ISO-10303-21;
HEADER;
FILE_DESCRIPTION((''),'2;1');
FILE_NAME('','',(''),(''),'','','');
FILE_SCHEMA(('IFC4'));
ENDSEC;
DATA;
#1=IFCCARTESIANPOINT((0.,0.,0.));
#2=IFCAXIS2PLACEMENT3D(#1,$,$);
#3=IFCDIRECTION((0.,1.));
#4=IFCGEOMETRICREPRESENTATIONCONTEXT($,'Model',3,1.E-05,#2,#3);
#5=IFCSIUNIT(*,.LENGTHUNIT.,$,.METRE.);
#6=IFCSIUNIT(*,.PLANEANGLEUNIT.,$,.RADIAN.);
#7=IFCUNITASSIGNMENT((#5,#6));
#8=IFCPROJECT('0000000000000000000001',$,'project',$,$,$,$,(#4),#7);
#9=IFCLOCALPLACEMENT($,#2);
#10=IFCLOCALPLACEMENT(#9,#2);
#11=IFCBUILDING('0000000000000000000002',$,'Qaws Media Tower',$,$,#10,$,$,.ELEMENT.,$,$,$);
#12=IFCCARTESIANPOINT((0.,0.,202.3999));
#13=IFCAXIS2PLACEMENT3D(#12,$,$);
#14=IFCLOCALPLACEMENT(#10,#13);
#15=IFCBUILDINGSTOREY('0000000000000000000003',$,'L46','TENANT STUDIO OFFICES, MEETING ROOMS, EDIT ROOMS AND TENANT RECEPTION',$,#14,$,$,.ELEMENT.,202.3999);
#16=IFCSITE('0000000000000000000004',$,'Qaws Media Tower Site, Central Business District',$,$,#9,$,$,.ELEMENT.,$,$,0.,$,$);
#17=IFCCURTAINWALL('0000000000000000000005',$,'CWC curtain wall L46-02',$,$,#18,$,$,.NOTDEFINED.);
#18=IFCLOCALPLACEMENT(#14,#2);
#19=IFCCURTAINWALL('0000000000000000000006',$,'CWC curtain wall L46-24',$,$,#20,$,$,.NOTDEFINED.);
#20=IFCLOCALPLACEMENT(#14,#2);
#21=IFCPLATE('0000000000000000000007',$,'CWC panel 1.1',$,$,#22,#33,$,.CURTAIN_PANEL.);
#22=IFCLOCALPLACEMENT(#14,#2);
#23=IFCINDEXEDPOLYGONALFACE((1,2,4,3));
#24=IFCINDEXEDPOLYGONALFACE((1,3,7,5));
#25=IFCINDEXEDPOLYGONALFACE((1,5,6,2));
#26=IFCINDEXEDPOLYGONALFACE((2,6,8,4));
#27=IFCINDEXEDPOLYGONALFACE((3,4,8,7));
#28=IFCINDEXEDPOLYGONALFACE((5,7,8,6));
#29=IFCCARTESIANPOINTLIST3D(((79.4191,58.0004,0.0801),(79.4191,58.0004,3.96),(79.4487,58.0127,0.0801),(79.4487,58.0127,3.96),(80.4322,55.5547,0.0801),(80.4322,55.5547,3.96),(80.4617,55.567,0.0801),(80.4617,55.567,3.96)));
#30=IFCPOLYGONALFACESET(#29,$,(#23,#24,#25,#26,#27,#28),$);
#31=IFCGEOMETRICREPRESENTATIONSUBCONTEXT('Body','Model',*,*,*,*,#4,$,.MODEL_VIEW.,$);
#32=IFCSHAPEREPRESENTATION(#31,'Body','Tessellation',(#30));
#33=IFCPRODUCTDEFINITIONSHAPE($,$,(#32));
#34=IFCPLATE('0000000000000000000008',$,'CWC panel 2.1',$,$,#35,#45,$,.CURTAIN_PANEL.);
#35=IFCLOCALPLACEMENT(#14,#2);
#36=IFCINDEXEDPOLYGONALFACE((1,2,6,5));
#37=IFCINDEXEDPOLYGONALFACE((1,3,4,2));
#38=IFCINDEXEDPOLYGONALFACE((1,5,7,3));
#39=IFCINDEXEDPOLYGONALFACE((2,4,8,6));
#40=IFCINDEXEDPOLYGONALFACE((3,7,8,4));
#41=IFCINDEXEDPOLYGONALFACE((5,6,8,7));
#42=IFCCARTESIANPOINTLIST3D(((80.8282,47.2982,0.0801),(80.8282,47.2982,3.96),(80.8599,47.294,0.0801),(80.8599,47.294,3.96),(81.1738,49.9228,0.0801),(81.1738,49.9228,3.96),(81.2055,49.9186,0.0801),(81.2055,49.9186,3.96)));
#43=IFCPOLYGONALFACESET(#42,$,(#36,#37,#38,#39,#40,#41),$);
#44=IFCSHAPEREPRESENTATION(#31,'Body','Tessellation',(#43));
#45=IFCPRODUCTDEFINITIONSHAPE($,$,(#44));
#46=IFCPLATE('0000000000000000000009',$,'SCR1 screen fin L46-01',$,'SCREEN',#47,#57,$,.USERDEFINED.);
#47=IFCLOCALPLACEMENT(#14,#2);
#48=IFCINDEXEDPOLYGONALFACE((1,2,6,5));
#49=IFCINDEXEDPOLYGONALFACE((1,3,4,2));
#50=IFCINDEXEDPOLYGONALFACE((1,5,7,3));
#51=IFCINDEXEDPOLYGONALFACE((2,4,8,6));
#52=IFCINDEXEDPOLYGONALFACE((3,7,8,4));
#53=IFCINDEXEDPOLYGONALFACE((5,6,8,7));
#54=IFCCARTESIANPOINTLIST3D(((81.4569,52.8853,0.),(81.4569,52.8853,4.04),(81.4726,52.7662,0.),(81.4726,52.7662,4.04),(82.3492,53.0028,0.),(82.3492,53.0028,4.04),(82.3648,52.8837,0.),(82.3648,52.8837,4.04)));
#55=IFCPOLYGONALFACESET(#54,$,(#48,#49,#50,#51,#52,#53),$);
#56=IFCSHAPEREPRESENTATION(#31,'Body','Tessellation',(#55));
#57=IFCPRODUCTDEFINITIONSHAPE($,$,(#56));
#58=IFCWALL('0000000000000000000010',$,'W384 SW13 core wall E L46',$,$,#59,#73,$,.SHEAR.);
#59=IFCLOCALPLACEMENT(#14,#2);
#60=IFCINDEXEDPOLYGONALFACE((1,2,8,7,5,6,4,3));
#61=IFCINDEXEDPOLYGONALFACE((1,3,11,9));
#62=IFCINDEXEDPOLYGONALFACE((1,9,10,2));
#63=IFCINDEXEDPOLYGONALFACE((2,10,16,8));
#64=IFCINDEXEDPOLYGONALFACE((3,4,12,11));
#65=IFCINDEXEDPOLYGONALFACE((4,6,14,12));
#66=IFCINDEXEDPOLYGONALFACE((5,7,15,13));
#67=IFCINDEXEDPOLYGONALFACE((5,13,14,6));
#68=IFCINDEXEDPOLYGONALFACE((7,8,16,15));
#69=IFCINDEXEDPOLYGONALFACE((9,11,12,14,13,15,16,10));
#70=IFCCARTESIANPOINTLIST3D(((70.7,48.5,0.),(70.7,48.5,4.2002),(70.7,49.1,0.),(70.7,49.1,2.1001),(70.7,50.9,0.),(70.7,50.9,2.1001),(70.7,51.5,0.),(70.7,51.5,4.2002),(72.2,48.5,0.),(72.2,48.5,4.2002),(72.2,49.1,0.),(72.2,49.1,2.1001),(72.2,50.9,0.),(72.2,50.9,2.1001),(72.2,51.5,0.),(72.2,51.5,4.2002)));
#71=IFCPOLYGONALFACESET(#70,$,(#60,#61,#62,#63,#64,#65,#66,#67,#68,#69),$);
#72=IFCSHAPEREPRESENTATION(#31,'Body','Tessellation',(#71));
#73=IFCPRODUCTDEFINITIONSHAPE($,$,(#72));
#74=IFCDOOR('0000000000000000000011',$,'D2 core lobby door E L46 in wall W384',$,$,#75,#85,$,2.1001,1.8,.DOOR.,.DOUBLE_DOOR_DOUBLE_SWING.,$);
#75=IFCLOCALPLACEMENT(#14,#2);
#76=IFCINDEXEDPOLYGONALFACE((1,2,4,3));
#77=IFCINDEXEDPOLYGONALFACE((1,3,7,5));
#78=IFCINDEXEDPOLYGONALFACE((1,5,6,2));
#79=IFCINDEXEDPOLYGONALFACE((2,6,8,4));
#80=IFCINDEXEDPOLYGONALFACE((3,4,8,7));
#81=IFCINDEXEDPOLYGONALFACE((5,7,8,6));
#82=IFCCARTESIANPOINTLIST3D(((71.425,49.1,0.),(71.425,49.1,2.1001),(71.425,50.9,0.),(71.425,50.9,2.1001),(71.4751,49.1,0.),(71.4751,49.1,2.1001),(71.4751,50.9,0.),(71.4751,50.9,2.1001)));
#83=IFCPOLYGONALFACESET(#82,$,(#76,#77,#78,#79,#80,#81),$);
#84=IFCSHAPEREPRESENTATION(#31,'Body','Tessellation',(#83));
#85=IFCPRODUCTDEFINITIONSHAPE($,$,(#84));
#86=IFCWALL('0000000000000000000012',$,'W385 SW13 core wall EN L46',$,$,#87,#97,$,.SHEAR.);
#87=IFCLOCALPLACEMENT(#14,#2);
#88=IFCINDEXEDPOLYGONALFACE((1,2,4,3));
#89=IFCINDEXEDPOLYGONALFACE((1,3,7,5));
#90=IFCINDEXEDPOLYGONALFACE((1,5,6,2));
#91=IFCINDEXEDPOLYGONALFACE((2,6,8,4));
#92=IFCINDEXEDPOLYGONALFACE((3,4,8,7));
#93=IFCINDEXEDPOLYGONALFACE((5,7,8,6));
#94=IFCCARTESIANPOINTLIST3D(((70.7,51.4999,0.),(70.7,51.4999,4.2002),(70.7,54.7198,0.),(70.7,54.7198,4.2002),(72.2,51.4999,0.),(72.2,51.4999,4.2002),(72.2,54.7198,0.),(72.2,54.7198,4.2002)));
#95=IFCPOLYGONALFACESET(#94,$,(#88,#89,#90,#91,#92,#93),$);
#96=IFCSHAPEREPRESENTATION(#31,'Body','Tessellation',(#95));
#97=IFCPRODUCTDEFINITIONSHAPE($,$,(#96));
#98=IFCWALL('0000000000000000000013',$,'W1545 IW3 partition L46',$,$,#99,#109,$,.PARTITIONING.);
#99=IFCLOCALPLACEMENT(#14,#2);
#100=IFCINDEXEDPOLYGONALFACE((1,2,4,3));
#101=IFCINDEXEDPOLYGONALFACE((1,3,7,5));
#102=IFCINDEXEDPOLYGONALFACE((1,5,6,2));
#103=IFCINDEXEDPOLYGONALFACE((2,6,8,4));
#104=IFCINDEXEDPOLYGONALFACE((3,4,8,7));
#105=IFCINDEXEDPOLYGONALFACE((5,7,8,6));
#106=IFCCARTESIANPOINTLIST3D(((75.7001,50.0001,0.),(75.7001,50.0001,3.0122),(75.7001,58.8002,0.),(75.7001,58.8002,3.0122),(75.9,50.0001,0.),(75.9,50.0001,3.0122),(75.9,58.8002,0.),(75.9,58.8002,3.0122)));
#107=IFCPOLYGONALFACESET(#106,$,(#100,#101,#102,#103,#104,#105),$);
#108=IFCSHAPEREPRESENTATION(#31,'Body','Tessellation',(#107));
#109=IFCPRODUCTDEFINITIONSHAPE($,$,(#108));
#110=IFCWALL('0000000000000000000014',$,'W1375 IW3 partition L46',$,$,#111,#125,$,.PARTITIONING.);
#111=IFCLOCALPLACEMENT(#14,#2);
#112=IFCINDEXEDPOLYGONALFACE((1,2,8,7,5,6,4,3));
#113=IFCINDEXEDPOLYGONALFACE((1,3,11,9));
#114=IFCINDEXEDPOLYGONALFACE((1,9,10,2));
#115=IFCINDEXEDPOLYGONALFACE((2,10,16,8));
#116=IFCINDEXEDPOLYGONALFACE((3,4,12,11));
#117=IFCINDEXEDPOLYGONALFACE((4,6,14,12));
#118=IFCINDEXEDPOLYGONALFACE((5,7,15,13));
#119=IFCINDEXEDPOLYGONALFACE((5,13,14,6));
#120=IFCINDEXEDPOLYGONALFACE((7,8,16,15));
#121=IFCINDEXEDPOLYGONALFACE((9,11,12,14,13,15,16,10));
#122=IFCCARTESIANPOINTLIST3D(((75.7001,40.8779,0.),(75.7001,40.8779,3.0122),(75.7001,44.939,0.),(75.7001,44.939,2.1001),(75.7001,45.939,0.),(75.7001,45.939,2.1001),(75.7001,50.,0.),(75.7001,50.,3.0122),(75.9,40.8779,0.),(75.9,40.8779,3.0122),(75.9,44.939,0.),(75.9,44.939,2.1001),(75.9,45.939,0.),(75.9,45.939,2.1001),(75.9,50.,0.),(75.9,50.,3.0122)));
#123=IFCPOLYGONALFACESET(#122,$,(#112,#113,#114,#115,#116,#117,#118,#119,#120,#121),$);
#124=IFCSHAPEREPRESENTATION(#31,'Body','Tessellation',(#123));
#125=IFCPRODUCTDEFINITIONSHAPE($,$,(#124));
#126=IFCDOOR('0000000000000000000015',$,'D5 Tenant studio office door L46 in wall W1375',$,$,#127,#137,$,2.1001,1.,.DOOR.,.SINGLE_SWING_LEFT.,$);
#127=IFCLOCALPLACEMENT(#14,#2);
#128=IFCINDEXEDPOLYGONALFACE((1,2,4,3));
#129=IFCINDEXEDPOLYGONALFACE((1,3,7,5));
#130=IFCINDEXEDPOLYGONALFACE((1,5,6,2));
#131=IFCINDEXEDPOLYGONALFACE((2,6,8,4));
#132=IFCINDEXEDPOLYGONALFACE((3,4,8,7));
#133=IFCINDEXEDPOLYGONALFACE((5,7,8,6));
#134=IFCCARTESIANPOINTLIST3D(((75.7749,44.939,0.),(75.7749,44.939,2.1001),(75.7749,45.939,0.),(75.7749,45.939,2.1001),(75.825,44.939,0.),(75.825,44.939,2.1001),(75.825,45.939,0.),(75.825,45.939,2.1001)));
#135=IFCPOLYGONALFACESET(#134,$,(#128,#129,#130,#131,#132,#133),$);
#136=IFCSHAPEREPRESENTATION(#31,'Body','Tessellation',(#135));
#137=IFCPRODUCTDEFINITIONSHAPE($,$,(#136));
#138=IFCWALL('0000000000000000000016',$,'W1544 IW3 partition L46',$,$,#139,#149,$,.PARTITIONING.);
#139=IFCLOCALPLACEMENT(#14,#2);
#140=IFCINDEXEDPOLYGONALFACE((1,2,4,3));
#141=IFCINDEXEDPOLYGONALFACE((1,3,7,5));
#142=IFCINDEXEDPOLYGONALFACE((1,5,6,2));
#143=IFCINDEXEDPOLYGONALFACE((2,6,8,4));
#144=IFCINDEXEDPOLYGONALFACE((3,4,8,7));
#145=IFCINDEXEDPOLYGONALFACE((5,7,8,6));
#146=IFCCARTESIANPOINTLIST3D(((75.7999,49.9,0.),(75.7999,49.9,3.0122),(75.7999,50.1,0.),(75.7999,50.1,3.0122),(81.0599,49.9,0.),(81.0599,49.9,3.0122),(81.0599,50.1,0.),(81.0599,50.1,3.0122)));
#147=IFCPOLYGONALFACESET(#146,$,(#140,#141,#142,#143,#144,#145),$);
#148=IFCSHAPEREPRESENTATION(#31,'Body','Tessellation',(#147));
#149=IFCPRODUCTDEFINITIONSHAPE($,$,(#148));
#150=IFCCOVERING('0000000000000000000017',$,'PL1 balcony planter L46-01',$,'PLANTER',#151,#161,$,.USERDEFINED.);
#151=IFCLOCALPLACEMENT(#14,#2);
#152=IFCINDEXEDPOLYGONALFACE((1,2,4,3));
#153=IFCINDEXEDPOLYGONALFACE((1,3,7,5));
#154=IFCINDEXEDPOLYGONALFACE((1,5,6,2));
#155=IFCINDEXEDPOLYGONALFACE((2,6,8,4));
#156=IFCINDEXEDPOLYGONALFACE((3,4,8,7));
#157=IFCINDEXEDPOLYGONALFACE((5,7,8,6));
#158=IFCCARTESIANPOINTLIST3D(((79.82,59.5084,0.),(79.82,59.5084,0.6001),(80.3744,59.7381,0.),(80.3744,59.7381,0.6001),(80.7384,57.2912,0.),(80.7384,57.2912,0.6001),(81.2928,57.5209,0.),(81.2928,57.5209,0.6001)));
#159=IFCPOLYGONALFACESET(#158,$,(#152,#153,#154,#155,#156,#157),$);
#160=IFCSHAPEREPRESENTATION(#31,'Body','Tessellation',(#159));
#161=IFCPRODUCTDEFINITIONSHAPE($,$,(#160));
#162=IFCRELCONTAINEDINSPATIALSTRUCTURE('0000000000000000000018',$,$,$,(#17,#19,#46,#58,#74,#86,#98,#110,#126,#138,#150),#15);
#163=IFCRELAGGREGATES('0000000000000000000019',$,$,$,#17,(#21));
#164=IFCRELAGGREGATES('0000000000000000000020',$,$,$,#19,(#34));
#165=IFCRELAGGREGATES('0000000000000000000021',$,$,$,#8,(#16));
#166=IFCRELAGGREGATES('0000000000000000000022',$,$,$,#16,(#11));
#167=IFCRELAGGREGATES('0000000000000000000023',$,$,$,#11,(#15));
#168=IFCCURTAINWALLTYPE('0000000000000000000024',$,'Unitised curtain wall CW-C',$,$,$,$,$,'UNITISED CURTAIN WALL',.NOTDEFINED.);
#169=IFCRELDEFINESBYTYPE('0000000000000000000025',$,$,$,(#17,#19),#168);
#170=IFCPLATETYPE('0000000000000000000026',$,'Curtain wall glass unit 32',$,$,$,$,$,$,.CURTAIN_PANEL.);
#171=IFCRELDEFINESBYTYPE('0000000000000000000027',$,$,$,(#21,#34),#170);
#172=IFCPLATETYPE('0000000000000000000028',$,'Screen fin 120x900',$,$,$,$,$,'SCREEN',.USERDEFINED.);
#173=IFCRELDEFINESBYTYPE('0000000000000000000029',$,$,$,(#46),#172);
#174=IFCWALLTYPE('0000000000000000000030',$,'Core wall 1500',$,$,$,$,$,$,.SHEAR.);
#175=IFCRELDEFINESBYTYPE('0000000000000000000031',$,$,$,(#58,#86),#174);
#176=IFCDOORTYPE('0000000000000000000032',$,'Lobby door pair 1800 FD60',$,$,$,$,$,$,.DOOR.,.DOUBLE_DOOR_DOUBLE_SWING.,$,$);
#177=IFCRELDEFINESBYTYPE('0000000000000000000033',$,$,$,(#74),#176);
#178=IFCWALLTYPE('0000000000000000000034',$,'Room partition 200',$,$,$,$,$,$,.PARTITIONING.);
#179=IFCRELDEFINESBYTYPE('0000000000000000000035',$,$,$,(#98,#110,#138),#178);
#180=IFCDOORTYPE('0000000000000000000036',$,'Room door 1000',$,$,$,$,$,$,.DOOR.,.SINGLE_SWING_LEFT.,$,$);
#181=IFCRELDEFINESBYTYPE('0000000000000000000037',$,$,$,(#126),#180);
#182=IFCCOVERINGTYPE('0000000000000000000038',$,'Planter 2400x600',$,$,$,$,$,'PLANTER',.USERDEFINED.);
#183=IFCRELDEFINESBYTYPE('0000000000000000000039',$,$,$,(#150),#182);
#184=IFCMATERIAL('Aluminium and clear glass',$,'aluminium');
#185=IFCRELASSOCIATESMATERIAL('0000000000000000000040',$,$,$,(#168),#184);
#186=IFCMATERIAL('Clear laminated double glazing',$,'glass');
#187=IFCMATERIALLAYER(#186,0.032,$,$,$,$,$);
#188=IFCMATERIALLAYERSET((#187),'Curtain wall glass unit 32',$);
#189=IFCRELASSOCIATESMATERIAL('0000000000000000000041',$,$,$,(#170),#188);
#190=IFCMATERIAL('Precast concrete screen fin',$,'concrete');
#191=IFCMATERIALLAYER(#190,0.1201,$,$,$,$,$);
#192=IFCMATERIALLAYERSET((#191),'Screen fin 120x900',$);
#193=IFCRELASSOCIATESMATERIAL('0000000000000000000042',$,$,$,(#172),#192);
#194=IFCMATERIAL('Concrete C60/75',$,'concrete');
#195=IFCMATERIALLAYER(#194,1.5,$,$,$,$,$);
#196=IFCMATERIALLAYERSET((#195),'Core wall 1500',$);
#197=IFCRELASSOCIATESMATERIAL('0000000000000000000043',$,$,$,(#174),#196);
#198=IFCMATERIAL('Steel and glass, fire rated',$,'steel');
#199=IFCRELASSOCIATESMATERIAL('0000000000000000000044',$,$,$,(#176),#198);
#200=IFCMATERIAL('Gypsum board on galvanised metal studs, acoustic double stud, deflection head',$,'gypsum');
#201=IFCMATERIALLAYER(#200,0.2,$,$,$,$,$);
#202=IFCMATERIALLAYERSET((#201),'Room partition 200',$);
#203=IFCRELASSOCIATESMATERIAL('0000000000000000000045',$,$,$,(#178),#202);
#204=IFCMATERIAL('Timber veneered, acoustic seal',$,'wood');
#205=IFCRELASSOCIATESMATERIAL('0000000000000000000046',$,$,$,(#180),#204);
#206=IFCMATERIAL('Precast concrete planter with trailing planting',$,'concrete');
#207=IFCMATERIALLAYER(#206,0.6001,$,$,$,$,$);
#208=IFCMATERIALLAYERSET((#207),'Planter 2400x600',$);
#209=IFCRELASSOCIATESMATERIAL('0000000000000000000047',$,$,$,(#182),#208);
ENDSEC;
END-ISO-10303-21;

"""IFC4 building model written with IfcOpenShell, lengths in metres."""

from ifc_helpers import new_model, si_unit, direction, frame, frame_2d, origin, origin_2d, place, context, subcontext, project, spatial, rectangle, extrude, material, layer, layer_set, type_object, element, fill, aggregate, save


model = new_model("IFC4")

# Units and contexts
model_context = context("Model", 3, precision=1e-05, world=origin(), true_north=direction((0.0, 1.0)))
body_context = subcontext(model_context, "Body", "Model", "MODEL_VIEW")
ifc_project = project(units=[si_unit("LENGTHUNIT", "METRE"), si_unit("PLANEANGLEUNIT", "RADIAN")], contexts=[model_context])

# Site, building, storey
site_placement = place(None, origin())
site = spatial("IfcSite", under=ifc_project, at=site_placement, Name="Qaws Media Tower Site, Central Business District", CompositionType="ELEMENT", RefElevation=0.0)
building_placement = place(site_placement, origin())
building = spatial("IfcBuilding", under=site, at=building_placement, Name="Qaws Media Tower", CompositionType="ELEMENT")
storey_placement = place(building_placement, frame((0.0, 0.0, 202.3999)))
storey = spatial("IfcBuildingStorey", under=building, at=storey_placement, Name="L46", Description="TENANT STUDIO OFFICES, MEETING ROOMS, EDIT ROOMS AND TENANT RECEPTION", CompositionType="ELEMENT", Elevation=202.3999)

# Curtain wall
ifc_material_1 = material(Name="Aluminium and clear glass", Category="aluminium")
curtain_wall_type = type_object("IfcCurtainWallType", Name="Unitised curtain wall CW-C", ElementType="UNITISED CURTAIN WALL", PredefinedType="NOTDEFINED", material=ifc_material_1)
curtain_wall_1_placement = place(storey_placement, origin())
curtain_wall_1 = element("IfcCurtainWall", 1, at=curtain_wall_1_placement, inside=storey, type_object=curtain_wall_type, Name="CWC curtain wall L46-02", PredefinedType="NOTDEFINED")

# Curtain wall
curtain_wall_2_placement = place(storey_placement, origin())
curtain_wall_2 = element("IfcCurtainWall", 2, at=curtain_wall_2_placement, inside=storey, type_object=curtain_wall_type, Name="CWC curtain wall L46-24", PredefinedType="NOTDEFINED")

# Plates
ifc_material_2 = material(Name="Clear laminated double glazing", Category="glass")
ifc_layer_1 = layer(ifc_material_2, 0.032)
ifc_layer_set_1 = layer_set([ifc_layer_1], Name="Curtain wall glass unit 32")
plate_type_1 = type_object("IfcPlateType", Name="Curtain wall glass unit 32", PredefinedType="CURTAIN_PANEL", material=ifc_layer_set_1)
plate_1_placement = place(storey_placement, frame((79.9404, 56.7837, 0.0801), z_axis=(0.0, 0.0, 1.0), x_axis=(-0.382683, 0.92388, 0.0)))
plate_1 = element("IfcPlate", 3, at=plate_1_placement, type_object=plate_type_1, Name="CWC panel 1.1", PredefinedType="CURTAIN_PANEL", context=body_context, shape_type="SweptSolid", body=[
    extrude(rectangle(XDim=2.6472, YDim=0.032, at=origin_2d()), origin(), (0.0, 0.0, 1.0), 3.8799),
])
aggregate(curtain_wall_1, [plate_1])
plate_2_placement = place(storey_placement, frame((81.0168, 48.6084, 0.0801), z_axis=(0.0, 0.0, 1.0), x_axis=(0.130526, 0.991445, 0.0)))
plate_2 = element("IfcPlate", 4, at=plate_2_placement, type_object=plate_type_1, Name="CWC panel 2.1", PredefinedType="CURTAIN_PANEL", context=body_context, shape_type="SweptSolid", body=[
    extrude(rectangle(XDim=2.6472, YDim=0.032, at=origin_2d()), origin(), (0.0, 0.0, 1.0), 3.8799),
])
aggregate(curtain_wall_2, [plate_2])
ifc_material_3 = material(Name="Precast concrete screen fin", Category="concrete")
ifc_layer_2 = layer(ifc_material_3, 0.1201)
ifc_layer_set_2 = layer_set([ifc_layer_2], Name="Screen fin 120x900")
plate_type_2 = type_object("IfcPlateType", Name="Screen fin 120x900", ElementType="SCREEN", PredefinedType="USERDEFINED", material=ifc_layer_set_2)
plate_3_placement = place(storey_placement, frame((81.9109, 52.8845, 0.0), z_axis=(0.0, 0.0, 1.0), x_axis=(0.991445, 0.130526, 0.0)))
element("IfcPlate", 5, at=plate_3_placement, inside=storey, type_object=plate_type_2, Name="SCR1 screen fin L46-01", ObjectType="SCREEN", PredefinedType="USERDEFINED", context=body_context, shape_type="SweptSolid", body=[
    extrude(rectangle(XDim=0.8999, YDim=0.1201, at=origin_2d()), origin(), (0.0, 0.0, 1.0), 4.04),
])

# Wall, opening, door
ifc_material_4 = material(Name="Concrete C60/75", Category="concrete")
ifc_layer_3 = layer(ifc_material_4, 1.5)
ifc_layer_set_3 = layer_set([ifc_layer_3], Name="Core wall 1500")
wall_type_1 = type_object("IfcWallType", Name="Core wall 1500", PredefinedType="SHEAR", material=ifc_layer_set_3)
wall_1_placement = place(storey_placement, frame((71.45, 48.5, 0.0), z_axis=(0.0, 0.0, 1.0), x_axis=(0.0, 1.0, 0.0)))
wall_1 = element("IfcWall", 6, at=wall_1_placement, inside=storey, type_object=wall_type_1, Name="W384 SW13 core wall E L46", PredefinedType="SHEAR", context=body_context, shape_type="SweptSolid", body=[
    extrude(rectangle(XDim=3.0, YDim=1.5, at=frame_2d((1.5, 0.0))), origin(), (0.0, 0.0, 1.0), 4.2002),
])
opening_1_placement = place(wall_1_placement, frame((0.6001, 0.0, 0.0)))
opening_1 = element("IfcOpeningElement", 7, at=opening_1_placement, cuts=wall_1, PredefinedType="OPENING", context=body_context, shape_type="SweptSolid", body=[
    extrude(rectangle(XDim=1.8, YDim=2.1001, at=frame_2d((0.8999, 1.05))), frame((0.0, 0.76, 0.0), z_axis=(0.0, -1.0, 0.0), x_axis=(1.0, 0.0, 0.0)), (0.0, 0.0, 1.0), 1.52),
])
ifc_material_5 = material(Name="Steel and glass, fire rated", Category="steel")
door_type_1 = type_object("IfcDoorType", Name="Lobby door pair 1800 FD60", OperationType="DOUBLE_DOOR_DOUBLE_SWING", PredefinedType="DOOR", material=ifc_material_5)
door_1_placement = place(opening_1_placement, origin())
door_1 = element("IfcDoor", 8, at=door_1_placement, inside=storey, type_object=door_type_1, Name="D2 core lobby door E L46 in wall W384", OperationType="DOUBLE_DOOR_DOUBLE_SWING", OverallHeight=2.1001, OverallWidth=1.8, PredefinedType="DOOR", context=body_context, shape_type="SweptSolid", body=[
    extrude(rectangle(XDim=1.8, YDim=2.1001, at=frame_2d((0.8999, 1.05))), frame((0.0, 0.0249, 0.0), z_axis=(0.0, -1.0, 0.0), x_axis=(1.0, 0.0, 0.0)), (0.0, 0.0, 1.0), 0.05),
])
fill(opening_1, door_1)

# Walls
wall_2_placement = place(storey_placement, frame((71.45, 51.5, 0.0), z_axis=(0.0, 0.0, 1.0), x_axis=(0.0, 1.0, 0.0)))
element("IfcWall", 9, at=wall_2_placement, inside=storey, type_object=wall_type_1, Name="W385 SW13 core wall EN L46", PredefinedType="SHEAR", context=body_context, shape_type="SweptSolid", body=[
    extrude(rectangle(XDim=3.22, YDim=1.5, at=frame_2d((1.6099, 0.0))), origin(), (0.0, 0.0, 1.0), 4.2002),
])
ifc_material_6 = material(Name="Gypsum board on galvanised metal studs, acoustic double stud, deflection head", Category="gypsum")
ifc_layer_4 = layer(ifc_material_6, 0.2)
ifc_layer_set_4 = layer_set([ifc_layer_4], Name="Room partition 200")
wall_type_2 = type_object("IfcWallType", Name="Room partition 200", PredefinedType="PARTITIONING", material=ifc_layer_set_4)
wall_3_placement = place(storey_placement, frame((75.8, 58.8, 0.0), z_axis=(0.0, 0.0, 1.0), x_axis=(0.0, -1.0, 0.0)))
element("IfcWall", 10, at=wall_3_placement, inside=storey, type_object=wall_type_2, Name="W1545 IW3 partition L46", PredefinedType="PARTITIONING", context=body_context, shape_type="SweptSolid", body=[
    extrude(rectangle(XDim=8.8, YDim=0.2, at=frame_2d((4.3999, 0.0))), origin(), (0.0, 0.0, 1.0), 3.0122),
])

# Wall, opening, door
wall_4_placement = place(storey_placement, frame((75.8, 50.0, 0.0), z_axis=(0.0, 0.0, 1.0), x_axis=(0.0, -1.0, 0.0)))
wall_4 = element("IfcWall", 11, at=wall_4_placement, inside=storey, type_object=wall_type_2, Name="W1375 IW3 partition L46", PredefinedType="PARTITIONING", context=body_context, shape_type="SweptSolid", body=[
    extrude(rectangle(XDim=9.1221, YDim=0.2, at=frame_2d((4.561, 0.0))), origin(), (0.0, 0.0, 1.0), 3.0122),
])
opening_2_placement = place(wall_4_placement, frame((4.061, 0.0, 0.0)))
opening_2 = element("IfcOpeningElement", 12, at=opening_2_placement, cuts=wall_4, PredefinedType="OPENING", context=body_context, shape_type="SweptSolid", body=[
    extrude(rectangle(XDim=1.0, YDim=2.1001, at=frame_2d((0.5, 1.05))), frame((0.0, 0.1099, 0.0), z_axis=(0.0, -1.0, 0.0), x_axis=(1.0, 0.0, 0.0)), (0.0, 0.0, 1.0), 0.22),
])
ifc_material_7 = material(Name="Timber veneered, acoustic seal", Category="wood")
door_type_2 = type_object("IfcDoorType", Name="Room door 1000", OperationType="SINGLE_SWING_LEFT", PredefinedType="DOOR", material=ifc_material_7)
door_2_placement = place(opening_2_placement, origin())
door_2 = element("IfcDoor", 13, at=door_2_placement, inside=storey, type_object=door_type_2, Name="D5 Tenant studio office door L46 in wall W1375", OperationType="SINGLE_SWING_LEFT", OverallHeight=2.1001, OverallWidth=1.0, PredefinedType="DOOR", context=body_context, shape_type="SweptSolid", body=[
    extrude(rectangle(XDim=1.0, YDim=2.1001, at=frame_2d((0.5, 1.05))), frame((0.0, 0.0249, 0.0), z_axis=(0.0, -1.0, 0.0), x_axis=(1.0, 0.0, 0.0)), (0.0, 0.0, 1.0), 0.05),
])
fill(opening_2, door_2)

# Wall
wall_5_placement = place(storey_placement, frame((75.8, 50.0, 0.0), z_axis=(0.0, 0.0, 1.0), x_axis=(1.0, 0.0, 0.0)))
element("IfcWall", 14, at=wall_5_placement, inside=storey, type_object=wall_type_2, Name="W1544 IW3 partition L46", PredefinedType="PARTITIONING", context=body_context, shape_type="SweptSolid", body=[
    extrude(rectangle(XDim=5.26, YDim=0.2, at=frame_2d((2.6299, 0.0))), origin(), (0.0, 0.0, 1.0), 3.0122),
])

# Covering
ifc_material_8 = material(Name="Precast concrete planter with trailing planting", Category="concrete")
ifc_layer_5 = layer(ifc_material_8, 0.6001)
ifc_layer_set_5 = layer_set([ifc_layer_5], Name="Planter 2400x600")
covering_type = type_object("IfcCoveringType", Name="Planter 2400x600", ElementType="PLANTER", PredefinedType="USERDEFINED", material=ifc_layer_set_5)
covering_placement = place(storey_placement, frame((80.5564, 58.5146, 0.0), z_axis=(0.0, 0.0, 1.0), x_axis=(-0.382683, 0.92388, 0.0)))
element("IfcCovering", 15, at=covering_placement, inside=storey, type_object=covering_type, Name="PL1 balcony planter L46-01", ObjectType="PLANTER", PredefinedType="USERDEFINED", context=body_context, shape_type="SweptSolid", body=[
    extrude(rectangle(XDim=2.3999, YDim=0.6001, at=origin_2d()), origin(), (0.0, 0.0, 1.0), 0.6001),
])

save(model, "model.ifc")
